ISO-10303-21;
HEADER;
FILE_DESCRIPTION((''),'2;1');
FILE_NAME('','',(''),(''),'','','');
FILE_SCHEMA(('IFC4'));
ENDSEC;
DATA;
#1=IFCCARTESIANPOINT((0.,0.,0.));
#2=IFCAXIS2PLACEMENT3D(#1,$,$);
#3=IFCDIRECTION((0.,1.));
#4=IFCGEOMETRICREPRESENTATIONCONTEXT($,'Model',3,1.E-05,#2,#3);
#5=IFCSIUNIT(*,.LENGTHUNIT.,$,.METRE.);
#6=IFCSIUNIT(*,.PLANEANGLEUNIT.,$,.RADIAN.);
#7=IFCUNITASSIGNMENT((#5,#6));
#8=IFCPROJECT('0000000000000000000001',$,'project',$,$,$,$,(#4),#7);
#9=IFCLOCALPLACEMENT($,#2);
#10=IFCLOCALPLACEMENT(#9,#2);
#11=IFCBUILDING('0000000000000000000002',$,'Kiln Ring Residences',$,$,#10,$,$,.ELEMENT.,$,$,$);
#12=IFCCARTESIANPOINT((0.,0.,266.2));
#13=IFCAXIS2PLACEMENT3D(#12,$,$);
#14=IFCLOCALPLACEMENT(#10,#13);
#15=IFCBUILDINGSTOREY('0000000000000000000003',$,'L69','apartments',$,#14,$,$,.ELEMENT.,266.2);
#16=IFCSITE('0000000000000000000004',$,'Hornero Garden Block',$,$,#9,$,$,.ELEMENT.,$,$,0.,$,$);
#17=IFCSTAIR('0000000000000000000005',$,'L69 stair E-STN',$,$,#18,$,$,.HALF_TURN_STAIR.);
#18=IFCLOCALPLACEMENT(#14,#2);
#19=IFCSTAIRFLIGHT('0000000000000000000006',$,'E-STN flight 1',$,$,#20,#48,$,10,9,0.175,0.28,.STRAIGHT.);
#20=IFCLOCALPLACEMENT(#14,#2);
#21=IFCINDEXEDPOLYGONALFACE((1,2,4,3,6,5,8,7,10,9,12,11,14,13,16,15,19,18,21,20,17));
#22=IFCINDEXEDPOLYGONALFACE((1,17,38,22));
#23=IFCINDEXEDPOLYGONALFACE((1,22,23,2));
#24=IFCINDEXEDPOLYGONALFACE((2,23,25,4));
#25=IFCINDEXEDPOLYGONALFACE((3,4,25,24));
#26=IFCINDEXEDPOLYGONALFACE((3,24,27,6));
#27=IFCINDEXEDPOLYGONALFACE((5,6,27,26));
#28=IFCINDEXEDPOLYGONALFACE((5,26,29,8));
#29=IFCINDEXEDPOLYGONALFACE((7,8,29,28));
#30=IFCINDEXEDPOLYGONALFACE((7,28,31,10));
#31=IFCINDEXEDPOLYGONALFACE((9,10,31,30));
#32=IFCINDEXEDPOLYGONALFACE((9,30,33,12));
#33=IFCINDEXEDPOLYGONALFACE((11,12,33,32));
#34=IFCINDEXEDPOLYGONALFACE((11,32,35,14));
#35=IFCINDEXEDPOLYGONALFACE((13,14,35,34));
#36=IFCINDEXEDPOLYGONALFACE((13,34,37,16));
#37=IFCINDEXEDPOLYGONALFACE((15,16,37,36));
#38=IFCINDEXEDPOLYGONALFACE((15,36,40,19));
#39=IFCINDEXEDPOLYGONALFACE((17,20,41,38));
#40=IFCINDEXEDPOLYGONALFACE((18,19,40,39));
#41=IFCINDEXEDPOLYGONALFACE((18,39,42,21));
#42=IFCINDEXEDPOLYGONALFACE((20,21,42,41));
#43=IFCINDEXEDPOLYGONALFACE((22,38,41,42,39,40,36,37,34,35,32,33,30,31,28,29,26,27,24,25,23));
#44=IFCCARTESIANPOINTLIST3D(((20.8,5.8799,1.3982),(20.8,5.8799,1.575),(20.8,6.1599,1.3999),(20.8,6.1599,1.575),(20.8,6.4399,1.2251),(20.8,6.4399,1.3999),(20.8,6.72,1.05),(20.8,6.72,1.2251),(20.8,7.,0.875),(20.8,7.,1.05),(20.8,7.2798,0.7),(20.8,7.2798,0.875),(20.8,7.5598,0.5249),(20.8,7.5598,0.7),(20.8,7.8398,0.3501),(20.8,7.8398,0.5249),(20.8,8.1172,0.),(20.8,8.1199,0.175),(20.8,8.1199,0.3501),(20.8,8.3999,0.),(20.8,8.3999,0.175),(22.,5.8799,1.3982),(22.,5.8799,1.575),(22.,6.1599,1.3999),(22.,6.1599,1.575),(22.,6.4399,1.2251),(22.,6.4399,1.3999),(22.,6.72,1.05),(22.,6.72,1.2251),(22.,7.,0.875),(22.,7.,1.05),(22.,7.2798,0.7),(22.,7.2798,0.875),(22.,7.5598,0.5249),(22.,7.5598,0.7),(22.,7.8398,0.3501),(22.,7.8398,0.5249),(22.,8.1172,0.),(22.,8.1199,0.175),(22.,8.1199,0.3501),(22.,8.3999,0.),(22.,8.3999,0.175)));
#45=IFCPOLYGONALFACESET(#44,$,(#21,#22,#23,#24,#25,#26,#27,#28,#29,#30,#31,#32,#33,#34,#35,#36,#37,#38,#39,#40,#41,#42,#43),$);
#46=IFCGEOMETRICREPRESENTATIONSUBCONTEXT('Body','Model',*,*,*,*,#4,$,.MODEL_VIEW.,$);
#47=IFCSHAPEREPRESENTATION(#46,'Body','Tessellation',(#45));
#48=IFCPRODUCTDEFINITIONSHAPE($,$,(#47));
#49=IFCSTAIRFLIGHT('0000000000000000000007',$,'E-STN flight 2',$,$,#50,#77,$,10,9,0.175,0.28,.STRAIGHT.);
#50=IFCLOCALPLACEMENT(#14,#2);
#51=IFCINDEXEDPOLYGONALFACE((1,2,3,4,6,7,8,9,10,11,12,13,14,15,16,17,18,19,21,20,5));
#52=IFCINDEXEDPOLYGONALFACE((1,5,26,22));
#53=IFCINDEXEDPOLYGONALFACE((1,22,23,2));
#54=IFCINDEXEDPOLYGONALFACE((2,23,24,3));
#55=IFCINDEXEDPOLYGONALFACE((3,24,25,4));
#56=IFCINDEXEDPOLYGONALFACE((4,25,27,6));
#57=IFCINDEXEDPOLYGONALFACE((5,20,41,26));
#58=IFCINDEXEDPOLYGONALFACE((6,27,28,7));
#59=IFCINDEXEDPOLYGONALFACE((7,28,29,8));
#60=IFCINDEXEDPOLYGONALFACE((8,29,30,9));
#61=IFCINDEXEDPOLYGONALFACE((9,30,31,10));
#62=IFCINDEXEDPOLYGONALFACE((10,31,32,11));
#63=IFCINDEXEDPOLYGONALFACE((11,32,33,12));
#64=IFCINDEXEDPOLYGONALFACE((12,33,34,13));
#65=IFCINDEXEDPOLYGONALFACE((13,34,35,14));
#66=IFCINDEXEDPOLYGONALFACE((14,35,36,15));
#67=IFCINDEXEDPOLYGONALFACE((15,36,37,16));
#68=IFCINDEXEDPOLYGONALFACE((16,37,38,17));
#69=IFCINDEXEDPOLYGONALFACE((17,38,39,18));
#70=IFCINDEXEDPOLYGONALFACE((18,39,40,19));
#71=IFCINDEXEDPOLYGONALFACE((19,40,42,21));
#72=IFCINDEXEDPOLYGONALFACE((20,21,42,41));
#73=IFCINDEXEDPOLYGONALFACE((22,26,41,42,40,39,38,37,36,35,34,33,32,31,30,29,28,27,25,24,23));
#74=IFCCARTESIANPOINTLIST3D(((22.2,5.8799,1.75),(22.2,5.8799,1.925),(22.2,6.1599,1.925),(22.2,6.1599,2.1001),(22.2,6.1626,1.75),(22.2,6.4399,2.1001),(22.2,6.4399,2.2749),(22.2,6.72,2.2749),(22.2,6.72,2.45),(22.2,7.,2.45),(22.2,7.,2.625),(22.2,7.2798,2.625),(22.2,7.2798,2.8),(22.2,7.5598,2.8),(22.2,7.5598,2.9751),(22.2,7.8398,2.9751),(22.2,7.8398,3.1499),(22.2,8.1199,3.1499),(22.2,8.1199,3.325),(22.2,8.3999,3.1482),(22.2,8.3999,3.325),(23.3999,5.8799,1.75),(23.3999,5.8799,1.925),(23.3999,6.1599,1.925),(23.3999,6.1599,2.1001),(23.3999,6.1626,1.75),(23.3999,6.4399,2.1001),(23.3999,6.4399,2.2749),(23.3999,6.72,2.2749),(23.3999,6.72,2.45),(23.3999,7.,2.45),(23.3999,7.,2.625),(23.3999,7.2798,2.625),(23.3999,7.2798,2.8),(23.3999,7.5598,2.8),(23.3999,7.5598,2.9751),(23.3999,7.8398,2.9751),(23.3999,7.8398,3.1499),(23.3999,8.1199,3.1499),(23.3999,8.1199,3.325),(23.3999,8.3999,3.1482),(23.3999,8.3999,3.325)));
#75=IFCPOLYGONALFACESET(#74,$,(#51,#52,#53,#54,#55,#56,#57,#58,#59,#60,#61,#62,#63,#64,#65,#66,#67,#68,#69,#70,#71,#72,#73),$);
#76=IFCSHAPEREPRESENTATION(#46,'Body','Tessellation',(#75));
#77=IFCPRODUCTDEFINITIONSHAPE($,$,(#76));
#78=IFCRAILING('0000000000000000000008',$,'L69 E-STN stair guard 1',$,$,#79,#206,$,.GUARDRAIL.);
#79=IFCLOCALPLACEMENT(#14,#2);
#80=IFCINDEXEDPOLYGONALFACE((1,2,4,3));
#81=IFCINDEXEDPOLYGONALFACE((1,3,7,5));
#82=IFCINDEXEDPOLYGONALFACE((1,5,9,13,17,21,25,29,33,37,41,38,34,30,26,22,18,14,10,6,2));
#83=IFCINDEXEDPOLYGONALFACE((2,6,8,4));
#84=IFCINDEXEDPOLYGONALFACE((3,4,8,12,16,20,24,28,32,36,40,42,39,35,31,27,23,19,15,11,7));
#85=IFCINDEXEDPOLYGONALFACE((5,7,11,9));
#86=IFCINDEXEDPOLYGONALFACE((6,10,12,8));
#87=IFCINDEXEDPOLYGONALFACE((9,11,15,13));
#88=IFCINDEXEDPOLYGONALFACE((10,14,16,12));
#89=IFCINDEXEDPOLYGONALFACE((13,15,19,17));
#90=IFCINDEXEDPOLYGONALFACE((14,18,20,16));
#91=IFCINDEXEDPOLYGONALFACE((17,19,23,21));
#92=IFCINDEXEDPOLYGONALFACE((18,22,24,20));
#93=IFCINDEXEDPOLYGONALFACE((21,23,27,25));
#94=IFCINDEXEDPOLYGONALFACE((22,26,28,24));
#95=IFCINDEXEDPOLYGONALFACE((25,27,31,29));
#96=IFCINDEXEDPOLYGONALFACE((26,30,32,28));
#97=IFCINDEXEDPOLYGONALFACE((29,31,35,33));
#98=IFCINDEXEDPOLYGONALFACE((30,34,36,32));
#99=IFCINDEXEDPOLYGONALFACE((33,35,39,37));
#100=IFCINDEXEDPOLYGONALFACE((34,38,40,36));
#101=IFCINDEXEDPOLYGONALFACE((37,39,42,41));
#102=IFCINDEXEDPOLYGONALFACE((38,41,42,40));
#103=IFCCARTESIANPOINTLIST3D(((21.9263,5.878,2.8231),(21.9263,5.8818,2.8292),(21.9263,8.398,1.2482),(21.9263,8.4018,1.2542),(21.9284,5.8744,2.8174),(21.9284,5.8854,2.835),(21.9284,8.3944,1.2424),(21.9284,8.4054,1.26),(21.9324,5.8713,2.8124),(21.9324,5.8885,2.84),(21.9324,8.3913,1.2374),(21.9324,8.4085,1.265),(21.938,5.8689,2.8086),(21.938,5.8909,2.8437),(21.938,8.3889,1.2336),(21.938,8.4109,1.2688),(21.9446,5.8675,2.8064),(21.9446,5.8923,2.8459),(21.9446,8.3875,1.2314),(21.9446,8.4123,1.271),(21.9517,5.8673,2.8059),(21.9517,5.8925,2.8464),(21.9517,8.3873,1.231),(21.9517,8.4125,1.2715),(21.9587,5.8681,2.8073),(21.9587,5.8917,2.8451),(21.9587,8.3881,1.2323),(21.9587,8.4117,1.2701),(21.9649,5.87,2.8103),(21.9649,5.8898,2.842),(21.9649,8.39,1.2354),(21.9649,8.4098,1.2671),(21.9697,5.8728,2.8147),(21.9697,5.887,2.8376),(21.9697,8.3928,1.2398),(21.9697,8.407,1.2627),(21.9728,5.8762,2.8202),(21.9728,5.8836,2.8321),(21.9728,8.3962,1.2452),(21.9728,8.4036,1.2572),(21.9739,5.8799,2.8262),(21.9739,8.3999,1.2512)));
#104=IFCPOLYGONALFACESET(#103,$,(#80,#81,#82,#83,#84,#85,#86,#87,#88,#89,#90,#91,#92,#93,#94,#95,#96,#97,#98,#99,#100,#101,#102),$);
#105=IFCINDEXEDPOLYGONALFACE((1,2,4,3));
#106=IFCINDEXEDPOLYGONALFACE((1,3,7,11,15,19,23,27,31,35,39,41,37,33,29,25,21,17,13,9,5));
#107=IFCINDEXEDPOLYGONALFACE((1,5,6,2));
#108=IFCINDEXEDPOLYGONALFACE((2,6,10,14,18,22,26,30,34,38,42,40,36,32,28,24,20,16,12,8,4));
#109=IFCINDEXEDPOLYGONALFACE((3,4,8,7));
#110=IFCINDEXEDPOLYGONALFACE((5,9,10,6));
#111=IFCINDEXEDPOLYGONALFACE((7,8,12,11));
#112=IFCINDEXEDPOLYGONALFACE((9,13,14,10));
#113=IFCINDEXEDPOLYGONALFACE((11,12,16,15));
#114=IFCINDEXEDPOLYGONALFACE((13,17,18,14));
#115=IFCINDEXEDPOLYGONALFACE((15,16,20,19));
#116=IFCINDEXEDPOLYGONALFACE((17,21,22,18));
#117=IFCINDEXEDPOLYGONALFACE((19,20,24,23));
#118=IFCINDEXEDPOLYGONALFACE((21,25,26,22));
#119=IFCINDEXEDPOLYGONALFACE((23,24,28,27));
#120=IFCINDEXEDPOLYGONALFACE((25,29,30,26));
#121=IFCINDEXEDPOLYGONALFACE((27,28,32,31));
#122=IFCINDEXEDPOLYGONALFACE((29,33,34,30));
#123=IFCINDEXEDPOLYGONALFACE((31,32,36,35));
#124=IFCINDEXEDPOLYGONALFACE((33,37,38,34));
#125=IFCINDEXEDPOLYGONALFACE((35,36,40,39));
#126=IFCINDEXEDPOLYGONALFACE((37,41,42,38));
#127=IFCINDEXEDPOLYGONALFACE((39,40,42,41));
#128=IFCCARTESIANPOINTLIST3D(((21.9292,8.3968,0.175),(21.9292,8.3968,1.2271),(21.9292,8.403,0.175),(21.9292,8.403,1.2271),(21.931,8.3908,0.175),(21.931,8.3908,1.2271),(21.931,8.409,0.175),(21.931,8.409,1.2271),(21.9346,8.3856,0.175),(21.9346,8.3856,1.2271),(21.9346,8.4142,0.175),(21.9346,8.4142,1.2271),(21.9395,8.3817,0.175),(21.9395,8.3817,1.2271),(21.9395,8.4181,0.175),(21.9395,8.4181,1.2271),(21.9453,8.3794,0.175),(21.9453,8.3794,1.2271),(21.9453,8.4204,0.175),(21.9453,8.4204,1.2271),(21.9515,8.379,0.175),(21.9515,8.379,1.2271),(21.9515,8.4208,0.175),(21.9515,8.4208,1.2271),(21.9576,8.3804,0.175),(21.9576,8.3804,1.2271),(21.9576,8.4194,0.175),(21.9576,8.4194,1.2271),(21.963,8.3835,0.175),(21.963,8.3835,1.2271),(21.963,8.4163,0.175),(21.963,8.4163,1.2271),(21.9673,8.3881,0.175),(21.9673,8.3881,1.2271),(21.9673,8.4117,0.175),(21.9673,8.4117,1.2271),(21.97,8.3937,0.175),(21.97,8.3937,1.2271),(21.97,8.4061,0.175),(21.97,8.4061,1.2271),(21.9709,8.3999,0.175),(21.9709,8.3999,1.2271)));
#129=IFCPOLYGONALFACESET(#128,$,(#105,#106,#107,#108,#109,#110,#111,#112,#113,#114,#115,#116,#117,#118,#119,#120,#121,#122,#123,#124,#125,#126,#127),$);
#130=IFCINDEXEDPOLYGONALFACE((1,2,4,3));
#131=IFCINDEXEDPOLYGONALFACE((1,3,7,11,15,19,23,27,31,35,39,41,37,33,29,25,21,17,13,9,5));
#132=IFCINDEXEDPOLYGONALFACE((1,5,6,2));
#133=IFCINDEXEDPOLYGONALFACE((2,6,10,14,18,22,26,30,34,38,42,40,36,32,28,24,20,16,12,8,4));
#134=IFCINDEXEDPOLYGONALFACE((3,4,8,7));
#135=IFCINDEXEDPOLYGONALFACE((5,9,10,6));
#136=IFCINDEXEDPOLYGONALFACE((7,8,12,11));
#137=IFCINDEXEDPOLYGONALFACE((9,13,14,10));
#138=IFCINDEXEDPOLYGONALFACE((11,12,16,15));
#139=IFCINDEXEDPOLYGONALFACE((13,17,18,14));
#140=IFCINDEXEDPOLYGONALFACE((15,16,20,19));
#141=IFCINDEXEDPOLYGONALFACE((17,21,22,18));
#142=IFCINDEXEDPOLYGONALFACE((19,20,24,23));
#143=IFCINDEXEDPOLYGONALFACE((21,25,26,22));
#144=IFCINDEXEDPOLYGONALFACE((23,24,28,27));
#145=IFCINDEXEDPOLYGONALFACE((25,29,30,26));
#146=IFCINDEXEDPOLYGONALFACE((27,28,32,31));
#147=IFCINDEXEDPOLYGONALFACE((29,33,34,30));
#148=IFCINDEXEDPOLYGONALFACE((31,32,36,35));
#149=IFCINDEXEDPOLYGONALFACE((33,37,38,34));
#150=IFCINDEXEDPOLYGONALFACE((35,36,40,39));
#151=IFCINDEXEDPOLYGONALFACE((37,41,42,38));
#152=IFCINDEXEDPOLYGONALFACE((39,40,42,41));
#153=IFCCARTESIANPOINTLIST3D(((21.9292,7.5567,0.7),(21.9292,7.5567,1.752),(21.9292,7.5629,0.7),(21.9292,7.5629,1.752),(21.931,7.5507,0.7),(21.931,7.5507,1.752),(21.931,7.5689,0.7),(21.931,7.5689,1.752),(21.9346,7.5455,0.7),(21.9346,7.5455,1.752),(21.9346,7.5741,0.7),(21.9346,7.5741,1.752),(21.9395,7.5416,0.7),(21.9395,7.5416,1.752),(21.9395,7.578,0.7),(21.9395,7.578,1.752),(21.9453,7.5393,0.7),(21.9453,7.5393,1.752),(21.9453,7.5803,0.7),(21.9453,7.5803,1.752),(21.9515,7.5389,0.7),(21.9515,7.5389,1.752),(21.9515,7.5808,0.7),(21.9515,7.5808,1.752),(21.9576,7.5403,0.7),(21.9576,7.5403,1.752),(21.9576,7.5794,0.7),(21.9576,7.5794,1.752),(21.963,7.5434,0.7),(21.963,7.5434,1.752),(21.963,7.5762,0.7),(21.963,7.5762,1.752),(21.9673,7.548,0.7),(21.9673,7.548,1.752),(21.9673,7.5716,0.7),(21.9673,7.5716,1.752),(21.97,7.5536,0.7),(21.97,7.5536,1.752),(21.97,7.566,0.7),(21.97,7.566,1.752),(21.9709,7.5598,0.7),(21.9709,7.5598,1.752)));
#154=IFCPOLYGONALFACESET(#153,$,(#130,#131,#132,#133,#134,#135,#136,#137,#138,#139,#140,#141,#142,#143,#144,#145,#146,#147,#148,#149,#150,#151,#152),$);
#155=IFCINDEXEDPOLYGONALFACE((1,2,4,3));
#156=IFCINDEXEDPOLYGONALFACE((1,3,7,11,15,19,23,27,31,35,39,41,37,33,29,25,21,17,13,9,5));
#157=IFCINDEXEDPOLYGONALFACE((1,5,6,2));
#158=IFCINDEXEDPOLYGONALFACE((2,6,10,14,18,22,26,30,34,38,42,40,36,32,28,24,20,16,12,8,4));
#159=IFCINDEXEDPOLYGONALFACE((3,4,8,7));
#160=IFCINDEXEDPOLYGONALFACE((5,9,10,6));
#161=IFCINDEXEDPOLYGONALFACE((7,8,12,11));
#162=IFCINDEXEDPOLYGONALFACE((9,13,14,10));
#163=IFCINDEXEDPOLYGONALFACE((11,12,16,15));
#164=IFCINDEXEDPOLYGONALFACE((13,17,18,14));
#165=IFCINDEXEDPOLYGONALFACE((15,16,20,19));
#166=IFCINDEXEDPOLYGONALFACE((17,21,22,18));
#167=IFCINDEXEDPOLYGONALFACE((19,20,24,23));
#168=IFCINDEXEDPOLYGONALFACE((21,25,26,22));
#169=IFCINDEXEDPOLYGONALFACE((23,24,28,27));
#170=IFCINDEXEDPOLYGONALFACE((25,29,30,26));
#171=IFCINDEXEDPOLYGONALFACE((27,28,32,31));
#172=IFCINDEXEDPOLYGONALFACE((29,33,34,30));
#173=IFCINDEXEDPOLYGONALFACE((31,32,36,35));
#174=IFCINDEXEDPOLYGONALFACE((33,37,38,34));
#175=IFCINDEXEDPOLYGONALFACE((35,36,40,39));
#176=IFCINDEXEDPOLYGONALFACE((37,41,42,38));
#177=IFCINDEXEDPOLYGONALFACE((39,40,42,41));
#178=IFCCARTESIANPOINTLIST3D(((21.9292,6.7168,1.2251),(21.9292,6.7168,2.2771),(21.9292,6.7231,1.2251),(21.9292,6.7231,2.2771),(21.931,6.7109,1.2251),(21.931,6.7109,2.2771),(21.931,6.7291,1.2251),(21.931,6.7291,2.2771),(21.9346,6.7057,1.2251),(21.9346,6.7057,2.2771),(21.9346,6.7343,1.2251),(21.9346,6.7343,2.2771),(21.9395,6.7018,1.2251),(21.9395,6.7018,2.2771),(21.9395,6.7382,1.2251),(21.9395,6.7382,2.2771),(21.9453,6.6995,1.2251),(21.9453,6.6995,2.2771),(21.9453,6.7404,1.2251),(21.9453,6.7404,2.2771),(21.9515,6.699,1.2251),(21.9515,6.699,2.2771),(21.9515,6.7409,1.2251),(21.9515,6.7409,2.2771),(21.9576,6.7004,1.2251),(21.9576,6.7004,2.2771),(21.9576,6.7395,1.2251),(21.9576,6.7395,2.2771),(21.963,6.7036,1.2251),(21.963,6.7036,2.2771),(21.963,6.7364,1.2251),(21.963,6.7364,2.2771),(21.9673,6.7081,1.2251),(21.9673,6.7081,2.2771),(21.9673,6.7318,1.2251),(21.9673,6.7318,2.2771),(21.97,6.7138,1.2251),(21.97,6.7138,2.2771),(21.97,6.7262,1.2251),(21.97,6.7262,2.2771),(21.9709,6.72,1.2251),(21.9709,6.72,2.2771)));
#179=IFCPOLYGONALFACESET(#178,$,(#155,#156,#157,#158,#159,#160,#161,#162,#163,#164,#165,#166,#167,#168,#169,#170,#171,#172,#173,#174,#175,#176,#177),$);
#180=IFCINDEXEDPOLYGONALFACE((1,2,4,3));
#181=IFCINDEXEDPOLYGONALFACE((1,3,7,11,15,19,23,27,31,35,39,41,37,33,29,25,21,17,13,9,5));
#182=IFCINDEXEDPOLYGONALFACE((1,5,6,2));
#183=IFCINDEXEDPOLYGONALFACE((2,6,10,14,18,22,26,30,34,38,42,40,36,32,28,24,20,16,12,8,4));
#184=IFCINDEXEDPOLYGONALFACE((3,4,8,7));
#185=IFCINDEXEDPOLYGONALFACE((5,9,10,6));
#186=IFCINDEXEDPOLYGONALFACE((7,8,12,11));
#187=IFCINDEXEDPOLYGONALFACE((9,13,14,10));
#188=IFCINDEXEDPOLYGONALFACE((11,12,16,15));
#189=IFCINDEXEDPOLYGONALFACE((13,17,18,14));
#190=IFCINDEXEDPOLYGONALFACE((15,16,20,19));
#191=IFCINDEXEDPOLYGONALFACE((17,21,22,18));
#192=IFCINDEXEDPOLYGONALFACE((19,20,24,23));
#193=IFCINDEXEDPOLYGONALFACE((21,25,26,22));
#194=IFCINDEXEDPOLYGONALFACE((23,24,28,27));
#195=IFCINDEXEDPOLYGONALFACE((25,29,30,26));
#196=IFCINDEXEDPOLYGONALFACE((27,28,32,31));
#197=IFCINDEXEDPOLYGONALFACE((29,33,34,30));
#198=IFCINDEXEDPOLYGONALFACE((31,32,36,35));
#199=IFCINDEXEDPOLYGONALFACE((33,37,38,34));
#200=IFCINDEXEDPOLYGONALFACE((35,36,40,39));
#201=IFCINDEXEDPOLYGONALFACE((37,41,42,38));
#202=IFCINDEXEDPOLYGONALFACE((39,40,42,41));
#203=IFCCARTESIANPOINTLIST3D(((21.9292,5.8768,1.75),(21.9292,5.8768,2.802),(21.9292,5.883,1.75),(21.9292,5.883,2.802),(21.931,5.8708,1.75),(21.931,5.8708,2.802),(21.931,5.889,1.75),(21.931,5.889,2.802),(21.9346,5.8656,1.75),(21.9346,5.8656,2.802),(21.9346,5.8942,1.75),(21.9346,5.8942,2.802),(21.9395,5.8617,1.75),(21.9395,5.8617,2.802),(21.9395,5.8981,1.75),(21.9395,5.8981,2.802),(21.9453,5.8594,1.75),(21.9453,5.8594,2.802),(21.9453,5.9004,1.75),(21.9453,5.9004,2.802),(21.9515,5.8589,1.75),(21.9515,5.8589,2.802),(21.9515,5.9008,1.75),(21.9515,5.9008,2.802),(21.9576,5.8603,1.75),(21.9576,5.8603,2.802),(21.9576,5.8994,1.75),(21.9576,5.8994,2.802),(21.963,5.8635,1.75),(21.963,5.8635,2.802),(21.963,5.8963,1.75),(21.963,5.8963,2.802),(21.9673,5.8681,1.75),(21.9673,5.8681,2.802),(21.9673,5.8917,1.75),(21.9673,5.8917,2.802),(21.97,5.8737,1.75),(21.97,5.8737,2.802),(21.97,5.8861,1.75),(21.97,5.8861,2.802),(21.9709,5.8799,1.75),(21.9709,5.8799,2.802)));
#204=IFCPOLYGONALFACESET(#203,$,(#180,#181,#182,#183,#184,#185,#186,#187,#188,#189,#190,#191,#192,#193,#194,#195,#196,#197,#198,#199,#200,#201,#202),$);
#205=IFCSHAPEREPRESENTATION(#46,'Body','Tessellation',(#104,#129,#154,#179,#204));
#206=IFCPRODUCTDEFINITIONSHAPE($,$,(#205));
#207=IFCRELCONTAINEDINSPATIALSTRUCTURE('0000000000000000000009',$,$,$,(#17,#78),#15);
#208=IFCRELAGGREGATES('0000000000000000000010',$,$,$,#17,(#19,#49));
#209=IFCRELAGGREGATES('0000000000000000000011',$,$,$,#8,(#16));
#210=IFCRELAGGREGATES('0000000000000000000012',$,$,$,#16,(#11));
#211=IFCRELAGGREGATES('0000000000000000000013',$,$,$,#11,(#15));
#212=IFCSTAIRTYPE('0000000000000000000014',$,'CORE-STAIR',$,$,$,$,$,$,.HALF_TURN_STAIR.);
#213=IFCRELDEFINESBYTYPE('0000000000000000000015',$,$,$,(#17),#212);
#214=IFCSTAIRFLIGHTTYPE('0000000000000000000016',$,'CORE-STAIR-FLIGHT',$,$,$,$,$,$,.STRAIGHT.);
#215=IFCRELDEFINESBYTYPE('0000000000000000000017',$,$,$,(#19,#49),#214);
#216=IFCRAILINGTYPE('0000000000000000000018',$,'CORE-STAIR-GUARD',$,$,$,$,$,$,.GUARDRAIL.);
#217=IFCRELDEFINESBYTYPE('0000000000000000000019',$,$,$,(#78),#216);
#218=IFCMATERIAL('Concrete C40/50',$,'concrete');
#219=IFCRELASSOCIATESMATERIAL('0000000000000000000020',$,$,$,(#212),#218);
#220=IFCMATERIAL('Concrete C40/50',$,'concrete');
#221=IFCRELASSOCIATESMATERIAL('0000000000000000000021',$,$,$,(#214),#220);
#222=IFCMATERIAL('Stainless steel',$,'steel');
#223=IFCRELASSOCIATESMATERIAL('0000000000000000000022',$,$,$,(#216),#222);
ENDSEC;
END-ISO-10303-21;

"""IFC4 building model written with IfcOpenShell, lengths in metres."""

from ifc_helpers import new_model, si_unit, direction, frame, origin, origin_2d, place, context, subcontext, project, spatial, polyline, circle, outline, extrude, material, type_object, element, aggregate, save


model = new_model("IFC4")

# Units and contexts
model_context = context("Model", 3, precision=1e-05, world=origin(), true_north=direction((0.0, 1.0)))
body_context = subcontext(model_context, "Body", "Model", "MODEL_VIEW")
ifc_project = project(units=[si_unit("LENGTHUNIT", "METRE"), si_unit("PLANEANGLEUNIT", "RADIAN")], contexts=[model_context])

# Site, building, storey
site_placement = place(None, origin())
site = spatial("IfcSite", under=ifc_project, at=site_placement, Name="Hornero Garden Block", CompositionType="ELEMENT", RefElevation=0.0)
building_placement = place(site_placement, origin())
building = spatial("IfcBuilding", under=site, at=building_placement, Name="Kiln Ring Residences", CompositionType="ELEMENT")
storey_placement = place(building_placement, frame((0.0, 0.0, 266.2)))
storey = spatial("IfcBuildingStorey", under=building, at=storey_placement, Name="L69", Description="apartments", CompositionType="ELEMENT", Elevation=266.2)

# Stair, stair flights
ifc_material_1 = material(Name="Concrete C40/50", Category="concrete")
stair_type = type_object("IfcStairType", Name="CORE-STAIR", PredefinedType="HALF_TURN_STAIR", material=ifc_material_1)
stair_placement = place(storey_placement, origin())
stair = element("IfcStair", 1, at=stair_placement, inside=storey, type_object=stair_type, Name="L69 stair E-STN", PredefinedType="HALF_TURN_STAIR")
ifc_material_2 = material(Name="Concrete C40/50", Category="concrete")
stair_flight_type = type_object("IfcStairFlightType", Name="CORE-STAIR-FLIGHT", PredefinedType="STRAIGHT", material=ifc_material_2)
stair_flight_1_placement = place(storey_placement, frame((21.3999, 8.3999, 0.0), z_axis=(0.0, 0.0, 1.0), x_axis=(0.0, -1.0, 0.0)))
stair_flight_1 = element("IfcStairFlight", 2, at=stair_flight_1_placement, type_object=stair_flight_type, Name="E-STN flight 1", NumberOfRisers=10, NumberOfTreads=9, PredefinedType="STRAIGHT", RiserHeight=0.175, TreadLength=0.28, context=body_context, shape_type="SweptSolid", body=[
    extrude(outline(polyline([(0.0, 0.0), (0.0, 0.175), (0.28, 0.175), (0.28, 0.3501), (0.5601, 0.3501), (0.5601, 0.5249), (0.8401, 0.5249), (0.8401, 0.7), (1.1201, 0.7), (1.1201, 0.875), (1.3999, 0.875), (1.3999, 1.05), (1.6799, 1.05), (1.6799, 1.2251), (1.96, 1.2251), (1.96, 1.3999), (2.24, 1.3999), (2.24, 1.575), (2.52, 1.575), (2.52, 1.75), (2.52, 1.3982), (0.2827, 0.0), (0.0, 0.0)])), frame((0.0, 0.6001, 0.0), z_axis=(0.0, -1.0, 0.0), x_axis=(1.0, 0.0, 0.0)), (0.0, 0.0, 1.0), 1.2),
])
stair_flight_2_placement = place(storey_placement, frame((22.8, 5.8799, 1.75), z_axis=(0.0, 0.0, 1.0), x_axis=(0.0, 1.0, 0.0)))
stair_flight_2 = element("IfcStairFlight", 3, at=stair_flight_2_placement, type_object=stair_flight_type, Name="E-STN flight 2", NumberOfRisers=10, NumberOfTreads=9, PredefinedType="STRAIGHT", RiserHeight=0.175, TreadLength=0.28, context=body_context, shape_type="SweptSolid", body=[
    extrude(outline(polyline([(0.0, 0.0), (0.0, 0.175), (0.28, 0.175), (0.28, 0.3501), (0.5601, 0.3501), (0.5601, 0.5249), (0.8401, 0.5249), (0.8401, 0.7), (1.1201, 0.7), (1.1201, 0.875), (1.3999, 0.875), (1.3999, 1.05), (1.6799, 1.05), (1.6799, 1.2251), (1.96, 1.2251), (1.96, 1.3999), (2.24, 1.3999), (2.24, 1.575), (2.52, 1.575), (2.52, 1.75), (2.52, 1.3982), (0.2827, 0.0), (0.0, 0.0)])), frame((0.0, 0.6001, 0.0), z_axis=(0.0, -1.0, 0.0), x_axis=(1.0, 0.0, 0.0)), (0.0, 0.0, 1.0), 1.2),
])
aggregate(stair, [stair_flight_1, stair_flight_2])

# Railing
ifc_material_3 = material(Name="Stainless steel", Category="steel")
railing_type_1 = type_object("IfcRailingType", Name="CORE-STAIR-GUARD", PredefinedType="GUARDRAIL", material=ifc_material_3)
railing_1_placement = place(storey_placement, frame((21.95, 8.3999, 0.175)))
element("IfcRailing", 4, at=railing_1_placement, inside=storey, type_object=railing_type_1, Name="L69 E-STN stair guard 1", PredefinedType="GUARDRAIL", context=body_context, shape_type="SweptSolid", body=[
    extrude(circle(Radius=0.0239, at=origin_2d()), frame((0.0, 0.0, 1.0762), z_axis=(0.0, -0.848008, 0.529984), x_axis=(1.0, 0.0, 0.0)), (0.0, 0.0, 1.0), 2.9717),
    extrude(circle(Radius=0.021, at=origin_2d()), origin(), (0.0, 0.0, 1.0), 1.052),
    extrude(circle(Radius=0.021, at=origin_2d()), frame((0.0, -0.8401, 0.5249)), (0.0, 0.0, 1.0), 1.052),
    extrude(circle(Radius=0.021, at=origin_2d()), frame((0.0, -1.6799, 1.05)), (0.0, 0.0, 1.0), 1.052),
    extrude(circle(Radius=0.021, at=origin_2d()), frame((0.0, -2.52, 1.575)), (0.0, 0.0, 1.0), 1.052),
])

save(model, "model.ifc")
